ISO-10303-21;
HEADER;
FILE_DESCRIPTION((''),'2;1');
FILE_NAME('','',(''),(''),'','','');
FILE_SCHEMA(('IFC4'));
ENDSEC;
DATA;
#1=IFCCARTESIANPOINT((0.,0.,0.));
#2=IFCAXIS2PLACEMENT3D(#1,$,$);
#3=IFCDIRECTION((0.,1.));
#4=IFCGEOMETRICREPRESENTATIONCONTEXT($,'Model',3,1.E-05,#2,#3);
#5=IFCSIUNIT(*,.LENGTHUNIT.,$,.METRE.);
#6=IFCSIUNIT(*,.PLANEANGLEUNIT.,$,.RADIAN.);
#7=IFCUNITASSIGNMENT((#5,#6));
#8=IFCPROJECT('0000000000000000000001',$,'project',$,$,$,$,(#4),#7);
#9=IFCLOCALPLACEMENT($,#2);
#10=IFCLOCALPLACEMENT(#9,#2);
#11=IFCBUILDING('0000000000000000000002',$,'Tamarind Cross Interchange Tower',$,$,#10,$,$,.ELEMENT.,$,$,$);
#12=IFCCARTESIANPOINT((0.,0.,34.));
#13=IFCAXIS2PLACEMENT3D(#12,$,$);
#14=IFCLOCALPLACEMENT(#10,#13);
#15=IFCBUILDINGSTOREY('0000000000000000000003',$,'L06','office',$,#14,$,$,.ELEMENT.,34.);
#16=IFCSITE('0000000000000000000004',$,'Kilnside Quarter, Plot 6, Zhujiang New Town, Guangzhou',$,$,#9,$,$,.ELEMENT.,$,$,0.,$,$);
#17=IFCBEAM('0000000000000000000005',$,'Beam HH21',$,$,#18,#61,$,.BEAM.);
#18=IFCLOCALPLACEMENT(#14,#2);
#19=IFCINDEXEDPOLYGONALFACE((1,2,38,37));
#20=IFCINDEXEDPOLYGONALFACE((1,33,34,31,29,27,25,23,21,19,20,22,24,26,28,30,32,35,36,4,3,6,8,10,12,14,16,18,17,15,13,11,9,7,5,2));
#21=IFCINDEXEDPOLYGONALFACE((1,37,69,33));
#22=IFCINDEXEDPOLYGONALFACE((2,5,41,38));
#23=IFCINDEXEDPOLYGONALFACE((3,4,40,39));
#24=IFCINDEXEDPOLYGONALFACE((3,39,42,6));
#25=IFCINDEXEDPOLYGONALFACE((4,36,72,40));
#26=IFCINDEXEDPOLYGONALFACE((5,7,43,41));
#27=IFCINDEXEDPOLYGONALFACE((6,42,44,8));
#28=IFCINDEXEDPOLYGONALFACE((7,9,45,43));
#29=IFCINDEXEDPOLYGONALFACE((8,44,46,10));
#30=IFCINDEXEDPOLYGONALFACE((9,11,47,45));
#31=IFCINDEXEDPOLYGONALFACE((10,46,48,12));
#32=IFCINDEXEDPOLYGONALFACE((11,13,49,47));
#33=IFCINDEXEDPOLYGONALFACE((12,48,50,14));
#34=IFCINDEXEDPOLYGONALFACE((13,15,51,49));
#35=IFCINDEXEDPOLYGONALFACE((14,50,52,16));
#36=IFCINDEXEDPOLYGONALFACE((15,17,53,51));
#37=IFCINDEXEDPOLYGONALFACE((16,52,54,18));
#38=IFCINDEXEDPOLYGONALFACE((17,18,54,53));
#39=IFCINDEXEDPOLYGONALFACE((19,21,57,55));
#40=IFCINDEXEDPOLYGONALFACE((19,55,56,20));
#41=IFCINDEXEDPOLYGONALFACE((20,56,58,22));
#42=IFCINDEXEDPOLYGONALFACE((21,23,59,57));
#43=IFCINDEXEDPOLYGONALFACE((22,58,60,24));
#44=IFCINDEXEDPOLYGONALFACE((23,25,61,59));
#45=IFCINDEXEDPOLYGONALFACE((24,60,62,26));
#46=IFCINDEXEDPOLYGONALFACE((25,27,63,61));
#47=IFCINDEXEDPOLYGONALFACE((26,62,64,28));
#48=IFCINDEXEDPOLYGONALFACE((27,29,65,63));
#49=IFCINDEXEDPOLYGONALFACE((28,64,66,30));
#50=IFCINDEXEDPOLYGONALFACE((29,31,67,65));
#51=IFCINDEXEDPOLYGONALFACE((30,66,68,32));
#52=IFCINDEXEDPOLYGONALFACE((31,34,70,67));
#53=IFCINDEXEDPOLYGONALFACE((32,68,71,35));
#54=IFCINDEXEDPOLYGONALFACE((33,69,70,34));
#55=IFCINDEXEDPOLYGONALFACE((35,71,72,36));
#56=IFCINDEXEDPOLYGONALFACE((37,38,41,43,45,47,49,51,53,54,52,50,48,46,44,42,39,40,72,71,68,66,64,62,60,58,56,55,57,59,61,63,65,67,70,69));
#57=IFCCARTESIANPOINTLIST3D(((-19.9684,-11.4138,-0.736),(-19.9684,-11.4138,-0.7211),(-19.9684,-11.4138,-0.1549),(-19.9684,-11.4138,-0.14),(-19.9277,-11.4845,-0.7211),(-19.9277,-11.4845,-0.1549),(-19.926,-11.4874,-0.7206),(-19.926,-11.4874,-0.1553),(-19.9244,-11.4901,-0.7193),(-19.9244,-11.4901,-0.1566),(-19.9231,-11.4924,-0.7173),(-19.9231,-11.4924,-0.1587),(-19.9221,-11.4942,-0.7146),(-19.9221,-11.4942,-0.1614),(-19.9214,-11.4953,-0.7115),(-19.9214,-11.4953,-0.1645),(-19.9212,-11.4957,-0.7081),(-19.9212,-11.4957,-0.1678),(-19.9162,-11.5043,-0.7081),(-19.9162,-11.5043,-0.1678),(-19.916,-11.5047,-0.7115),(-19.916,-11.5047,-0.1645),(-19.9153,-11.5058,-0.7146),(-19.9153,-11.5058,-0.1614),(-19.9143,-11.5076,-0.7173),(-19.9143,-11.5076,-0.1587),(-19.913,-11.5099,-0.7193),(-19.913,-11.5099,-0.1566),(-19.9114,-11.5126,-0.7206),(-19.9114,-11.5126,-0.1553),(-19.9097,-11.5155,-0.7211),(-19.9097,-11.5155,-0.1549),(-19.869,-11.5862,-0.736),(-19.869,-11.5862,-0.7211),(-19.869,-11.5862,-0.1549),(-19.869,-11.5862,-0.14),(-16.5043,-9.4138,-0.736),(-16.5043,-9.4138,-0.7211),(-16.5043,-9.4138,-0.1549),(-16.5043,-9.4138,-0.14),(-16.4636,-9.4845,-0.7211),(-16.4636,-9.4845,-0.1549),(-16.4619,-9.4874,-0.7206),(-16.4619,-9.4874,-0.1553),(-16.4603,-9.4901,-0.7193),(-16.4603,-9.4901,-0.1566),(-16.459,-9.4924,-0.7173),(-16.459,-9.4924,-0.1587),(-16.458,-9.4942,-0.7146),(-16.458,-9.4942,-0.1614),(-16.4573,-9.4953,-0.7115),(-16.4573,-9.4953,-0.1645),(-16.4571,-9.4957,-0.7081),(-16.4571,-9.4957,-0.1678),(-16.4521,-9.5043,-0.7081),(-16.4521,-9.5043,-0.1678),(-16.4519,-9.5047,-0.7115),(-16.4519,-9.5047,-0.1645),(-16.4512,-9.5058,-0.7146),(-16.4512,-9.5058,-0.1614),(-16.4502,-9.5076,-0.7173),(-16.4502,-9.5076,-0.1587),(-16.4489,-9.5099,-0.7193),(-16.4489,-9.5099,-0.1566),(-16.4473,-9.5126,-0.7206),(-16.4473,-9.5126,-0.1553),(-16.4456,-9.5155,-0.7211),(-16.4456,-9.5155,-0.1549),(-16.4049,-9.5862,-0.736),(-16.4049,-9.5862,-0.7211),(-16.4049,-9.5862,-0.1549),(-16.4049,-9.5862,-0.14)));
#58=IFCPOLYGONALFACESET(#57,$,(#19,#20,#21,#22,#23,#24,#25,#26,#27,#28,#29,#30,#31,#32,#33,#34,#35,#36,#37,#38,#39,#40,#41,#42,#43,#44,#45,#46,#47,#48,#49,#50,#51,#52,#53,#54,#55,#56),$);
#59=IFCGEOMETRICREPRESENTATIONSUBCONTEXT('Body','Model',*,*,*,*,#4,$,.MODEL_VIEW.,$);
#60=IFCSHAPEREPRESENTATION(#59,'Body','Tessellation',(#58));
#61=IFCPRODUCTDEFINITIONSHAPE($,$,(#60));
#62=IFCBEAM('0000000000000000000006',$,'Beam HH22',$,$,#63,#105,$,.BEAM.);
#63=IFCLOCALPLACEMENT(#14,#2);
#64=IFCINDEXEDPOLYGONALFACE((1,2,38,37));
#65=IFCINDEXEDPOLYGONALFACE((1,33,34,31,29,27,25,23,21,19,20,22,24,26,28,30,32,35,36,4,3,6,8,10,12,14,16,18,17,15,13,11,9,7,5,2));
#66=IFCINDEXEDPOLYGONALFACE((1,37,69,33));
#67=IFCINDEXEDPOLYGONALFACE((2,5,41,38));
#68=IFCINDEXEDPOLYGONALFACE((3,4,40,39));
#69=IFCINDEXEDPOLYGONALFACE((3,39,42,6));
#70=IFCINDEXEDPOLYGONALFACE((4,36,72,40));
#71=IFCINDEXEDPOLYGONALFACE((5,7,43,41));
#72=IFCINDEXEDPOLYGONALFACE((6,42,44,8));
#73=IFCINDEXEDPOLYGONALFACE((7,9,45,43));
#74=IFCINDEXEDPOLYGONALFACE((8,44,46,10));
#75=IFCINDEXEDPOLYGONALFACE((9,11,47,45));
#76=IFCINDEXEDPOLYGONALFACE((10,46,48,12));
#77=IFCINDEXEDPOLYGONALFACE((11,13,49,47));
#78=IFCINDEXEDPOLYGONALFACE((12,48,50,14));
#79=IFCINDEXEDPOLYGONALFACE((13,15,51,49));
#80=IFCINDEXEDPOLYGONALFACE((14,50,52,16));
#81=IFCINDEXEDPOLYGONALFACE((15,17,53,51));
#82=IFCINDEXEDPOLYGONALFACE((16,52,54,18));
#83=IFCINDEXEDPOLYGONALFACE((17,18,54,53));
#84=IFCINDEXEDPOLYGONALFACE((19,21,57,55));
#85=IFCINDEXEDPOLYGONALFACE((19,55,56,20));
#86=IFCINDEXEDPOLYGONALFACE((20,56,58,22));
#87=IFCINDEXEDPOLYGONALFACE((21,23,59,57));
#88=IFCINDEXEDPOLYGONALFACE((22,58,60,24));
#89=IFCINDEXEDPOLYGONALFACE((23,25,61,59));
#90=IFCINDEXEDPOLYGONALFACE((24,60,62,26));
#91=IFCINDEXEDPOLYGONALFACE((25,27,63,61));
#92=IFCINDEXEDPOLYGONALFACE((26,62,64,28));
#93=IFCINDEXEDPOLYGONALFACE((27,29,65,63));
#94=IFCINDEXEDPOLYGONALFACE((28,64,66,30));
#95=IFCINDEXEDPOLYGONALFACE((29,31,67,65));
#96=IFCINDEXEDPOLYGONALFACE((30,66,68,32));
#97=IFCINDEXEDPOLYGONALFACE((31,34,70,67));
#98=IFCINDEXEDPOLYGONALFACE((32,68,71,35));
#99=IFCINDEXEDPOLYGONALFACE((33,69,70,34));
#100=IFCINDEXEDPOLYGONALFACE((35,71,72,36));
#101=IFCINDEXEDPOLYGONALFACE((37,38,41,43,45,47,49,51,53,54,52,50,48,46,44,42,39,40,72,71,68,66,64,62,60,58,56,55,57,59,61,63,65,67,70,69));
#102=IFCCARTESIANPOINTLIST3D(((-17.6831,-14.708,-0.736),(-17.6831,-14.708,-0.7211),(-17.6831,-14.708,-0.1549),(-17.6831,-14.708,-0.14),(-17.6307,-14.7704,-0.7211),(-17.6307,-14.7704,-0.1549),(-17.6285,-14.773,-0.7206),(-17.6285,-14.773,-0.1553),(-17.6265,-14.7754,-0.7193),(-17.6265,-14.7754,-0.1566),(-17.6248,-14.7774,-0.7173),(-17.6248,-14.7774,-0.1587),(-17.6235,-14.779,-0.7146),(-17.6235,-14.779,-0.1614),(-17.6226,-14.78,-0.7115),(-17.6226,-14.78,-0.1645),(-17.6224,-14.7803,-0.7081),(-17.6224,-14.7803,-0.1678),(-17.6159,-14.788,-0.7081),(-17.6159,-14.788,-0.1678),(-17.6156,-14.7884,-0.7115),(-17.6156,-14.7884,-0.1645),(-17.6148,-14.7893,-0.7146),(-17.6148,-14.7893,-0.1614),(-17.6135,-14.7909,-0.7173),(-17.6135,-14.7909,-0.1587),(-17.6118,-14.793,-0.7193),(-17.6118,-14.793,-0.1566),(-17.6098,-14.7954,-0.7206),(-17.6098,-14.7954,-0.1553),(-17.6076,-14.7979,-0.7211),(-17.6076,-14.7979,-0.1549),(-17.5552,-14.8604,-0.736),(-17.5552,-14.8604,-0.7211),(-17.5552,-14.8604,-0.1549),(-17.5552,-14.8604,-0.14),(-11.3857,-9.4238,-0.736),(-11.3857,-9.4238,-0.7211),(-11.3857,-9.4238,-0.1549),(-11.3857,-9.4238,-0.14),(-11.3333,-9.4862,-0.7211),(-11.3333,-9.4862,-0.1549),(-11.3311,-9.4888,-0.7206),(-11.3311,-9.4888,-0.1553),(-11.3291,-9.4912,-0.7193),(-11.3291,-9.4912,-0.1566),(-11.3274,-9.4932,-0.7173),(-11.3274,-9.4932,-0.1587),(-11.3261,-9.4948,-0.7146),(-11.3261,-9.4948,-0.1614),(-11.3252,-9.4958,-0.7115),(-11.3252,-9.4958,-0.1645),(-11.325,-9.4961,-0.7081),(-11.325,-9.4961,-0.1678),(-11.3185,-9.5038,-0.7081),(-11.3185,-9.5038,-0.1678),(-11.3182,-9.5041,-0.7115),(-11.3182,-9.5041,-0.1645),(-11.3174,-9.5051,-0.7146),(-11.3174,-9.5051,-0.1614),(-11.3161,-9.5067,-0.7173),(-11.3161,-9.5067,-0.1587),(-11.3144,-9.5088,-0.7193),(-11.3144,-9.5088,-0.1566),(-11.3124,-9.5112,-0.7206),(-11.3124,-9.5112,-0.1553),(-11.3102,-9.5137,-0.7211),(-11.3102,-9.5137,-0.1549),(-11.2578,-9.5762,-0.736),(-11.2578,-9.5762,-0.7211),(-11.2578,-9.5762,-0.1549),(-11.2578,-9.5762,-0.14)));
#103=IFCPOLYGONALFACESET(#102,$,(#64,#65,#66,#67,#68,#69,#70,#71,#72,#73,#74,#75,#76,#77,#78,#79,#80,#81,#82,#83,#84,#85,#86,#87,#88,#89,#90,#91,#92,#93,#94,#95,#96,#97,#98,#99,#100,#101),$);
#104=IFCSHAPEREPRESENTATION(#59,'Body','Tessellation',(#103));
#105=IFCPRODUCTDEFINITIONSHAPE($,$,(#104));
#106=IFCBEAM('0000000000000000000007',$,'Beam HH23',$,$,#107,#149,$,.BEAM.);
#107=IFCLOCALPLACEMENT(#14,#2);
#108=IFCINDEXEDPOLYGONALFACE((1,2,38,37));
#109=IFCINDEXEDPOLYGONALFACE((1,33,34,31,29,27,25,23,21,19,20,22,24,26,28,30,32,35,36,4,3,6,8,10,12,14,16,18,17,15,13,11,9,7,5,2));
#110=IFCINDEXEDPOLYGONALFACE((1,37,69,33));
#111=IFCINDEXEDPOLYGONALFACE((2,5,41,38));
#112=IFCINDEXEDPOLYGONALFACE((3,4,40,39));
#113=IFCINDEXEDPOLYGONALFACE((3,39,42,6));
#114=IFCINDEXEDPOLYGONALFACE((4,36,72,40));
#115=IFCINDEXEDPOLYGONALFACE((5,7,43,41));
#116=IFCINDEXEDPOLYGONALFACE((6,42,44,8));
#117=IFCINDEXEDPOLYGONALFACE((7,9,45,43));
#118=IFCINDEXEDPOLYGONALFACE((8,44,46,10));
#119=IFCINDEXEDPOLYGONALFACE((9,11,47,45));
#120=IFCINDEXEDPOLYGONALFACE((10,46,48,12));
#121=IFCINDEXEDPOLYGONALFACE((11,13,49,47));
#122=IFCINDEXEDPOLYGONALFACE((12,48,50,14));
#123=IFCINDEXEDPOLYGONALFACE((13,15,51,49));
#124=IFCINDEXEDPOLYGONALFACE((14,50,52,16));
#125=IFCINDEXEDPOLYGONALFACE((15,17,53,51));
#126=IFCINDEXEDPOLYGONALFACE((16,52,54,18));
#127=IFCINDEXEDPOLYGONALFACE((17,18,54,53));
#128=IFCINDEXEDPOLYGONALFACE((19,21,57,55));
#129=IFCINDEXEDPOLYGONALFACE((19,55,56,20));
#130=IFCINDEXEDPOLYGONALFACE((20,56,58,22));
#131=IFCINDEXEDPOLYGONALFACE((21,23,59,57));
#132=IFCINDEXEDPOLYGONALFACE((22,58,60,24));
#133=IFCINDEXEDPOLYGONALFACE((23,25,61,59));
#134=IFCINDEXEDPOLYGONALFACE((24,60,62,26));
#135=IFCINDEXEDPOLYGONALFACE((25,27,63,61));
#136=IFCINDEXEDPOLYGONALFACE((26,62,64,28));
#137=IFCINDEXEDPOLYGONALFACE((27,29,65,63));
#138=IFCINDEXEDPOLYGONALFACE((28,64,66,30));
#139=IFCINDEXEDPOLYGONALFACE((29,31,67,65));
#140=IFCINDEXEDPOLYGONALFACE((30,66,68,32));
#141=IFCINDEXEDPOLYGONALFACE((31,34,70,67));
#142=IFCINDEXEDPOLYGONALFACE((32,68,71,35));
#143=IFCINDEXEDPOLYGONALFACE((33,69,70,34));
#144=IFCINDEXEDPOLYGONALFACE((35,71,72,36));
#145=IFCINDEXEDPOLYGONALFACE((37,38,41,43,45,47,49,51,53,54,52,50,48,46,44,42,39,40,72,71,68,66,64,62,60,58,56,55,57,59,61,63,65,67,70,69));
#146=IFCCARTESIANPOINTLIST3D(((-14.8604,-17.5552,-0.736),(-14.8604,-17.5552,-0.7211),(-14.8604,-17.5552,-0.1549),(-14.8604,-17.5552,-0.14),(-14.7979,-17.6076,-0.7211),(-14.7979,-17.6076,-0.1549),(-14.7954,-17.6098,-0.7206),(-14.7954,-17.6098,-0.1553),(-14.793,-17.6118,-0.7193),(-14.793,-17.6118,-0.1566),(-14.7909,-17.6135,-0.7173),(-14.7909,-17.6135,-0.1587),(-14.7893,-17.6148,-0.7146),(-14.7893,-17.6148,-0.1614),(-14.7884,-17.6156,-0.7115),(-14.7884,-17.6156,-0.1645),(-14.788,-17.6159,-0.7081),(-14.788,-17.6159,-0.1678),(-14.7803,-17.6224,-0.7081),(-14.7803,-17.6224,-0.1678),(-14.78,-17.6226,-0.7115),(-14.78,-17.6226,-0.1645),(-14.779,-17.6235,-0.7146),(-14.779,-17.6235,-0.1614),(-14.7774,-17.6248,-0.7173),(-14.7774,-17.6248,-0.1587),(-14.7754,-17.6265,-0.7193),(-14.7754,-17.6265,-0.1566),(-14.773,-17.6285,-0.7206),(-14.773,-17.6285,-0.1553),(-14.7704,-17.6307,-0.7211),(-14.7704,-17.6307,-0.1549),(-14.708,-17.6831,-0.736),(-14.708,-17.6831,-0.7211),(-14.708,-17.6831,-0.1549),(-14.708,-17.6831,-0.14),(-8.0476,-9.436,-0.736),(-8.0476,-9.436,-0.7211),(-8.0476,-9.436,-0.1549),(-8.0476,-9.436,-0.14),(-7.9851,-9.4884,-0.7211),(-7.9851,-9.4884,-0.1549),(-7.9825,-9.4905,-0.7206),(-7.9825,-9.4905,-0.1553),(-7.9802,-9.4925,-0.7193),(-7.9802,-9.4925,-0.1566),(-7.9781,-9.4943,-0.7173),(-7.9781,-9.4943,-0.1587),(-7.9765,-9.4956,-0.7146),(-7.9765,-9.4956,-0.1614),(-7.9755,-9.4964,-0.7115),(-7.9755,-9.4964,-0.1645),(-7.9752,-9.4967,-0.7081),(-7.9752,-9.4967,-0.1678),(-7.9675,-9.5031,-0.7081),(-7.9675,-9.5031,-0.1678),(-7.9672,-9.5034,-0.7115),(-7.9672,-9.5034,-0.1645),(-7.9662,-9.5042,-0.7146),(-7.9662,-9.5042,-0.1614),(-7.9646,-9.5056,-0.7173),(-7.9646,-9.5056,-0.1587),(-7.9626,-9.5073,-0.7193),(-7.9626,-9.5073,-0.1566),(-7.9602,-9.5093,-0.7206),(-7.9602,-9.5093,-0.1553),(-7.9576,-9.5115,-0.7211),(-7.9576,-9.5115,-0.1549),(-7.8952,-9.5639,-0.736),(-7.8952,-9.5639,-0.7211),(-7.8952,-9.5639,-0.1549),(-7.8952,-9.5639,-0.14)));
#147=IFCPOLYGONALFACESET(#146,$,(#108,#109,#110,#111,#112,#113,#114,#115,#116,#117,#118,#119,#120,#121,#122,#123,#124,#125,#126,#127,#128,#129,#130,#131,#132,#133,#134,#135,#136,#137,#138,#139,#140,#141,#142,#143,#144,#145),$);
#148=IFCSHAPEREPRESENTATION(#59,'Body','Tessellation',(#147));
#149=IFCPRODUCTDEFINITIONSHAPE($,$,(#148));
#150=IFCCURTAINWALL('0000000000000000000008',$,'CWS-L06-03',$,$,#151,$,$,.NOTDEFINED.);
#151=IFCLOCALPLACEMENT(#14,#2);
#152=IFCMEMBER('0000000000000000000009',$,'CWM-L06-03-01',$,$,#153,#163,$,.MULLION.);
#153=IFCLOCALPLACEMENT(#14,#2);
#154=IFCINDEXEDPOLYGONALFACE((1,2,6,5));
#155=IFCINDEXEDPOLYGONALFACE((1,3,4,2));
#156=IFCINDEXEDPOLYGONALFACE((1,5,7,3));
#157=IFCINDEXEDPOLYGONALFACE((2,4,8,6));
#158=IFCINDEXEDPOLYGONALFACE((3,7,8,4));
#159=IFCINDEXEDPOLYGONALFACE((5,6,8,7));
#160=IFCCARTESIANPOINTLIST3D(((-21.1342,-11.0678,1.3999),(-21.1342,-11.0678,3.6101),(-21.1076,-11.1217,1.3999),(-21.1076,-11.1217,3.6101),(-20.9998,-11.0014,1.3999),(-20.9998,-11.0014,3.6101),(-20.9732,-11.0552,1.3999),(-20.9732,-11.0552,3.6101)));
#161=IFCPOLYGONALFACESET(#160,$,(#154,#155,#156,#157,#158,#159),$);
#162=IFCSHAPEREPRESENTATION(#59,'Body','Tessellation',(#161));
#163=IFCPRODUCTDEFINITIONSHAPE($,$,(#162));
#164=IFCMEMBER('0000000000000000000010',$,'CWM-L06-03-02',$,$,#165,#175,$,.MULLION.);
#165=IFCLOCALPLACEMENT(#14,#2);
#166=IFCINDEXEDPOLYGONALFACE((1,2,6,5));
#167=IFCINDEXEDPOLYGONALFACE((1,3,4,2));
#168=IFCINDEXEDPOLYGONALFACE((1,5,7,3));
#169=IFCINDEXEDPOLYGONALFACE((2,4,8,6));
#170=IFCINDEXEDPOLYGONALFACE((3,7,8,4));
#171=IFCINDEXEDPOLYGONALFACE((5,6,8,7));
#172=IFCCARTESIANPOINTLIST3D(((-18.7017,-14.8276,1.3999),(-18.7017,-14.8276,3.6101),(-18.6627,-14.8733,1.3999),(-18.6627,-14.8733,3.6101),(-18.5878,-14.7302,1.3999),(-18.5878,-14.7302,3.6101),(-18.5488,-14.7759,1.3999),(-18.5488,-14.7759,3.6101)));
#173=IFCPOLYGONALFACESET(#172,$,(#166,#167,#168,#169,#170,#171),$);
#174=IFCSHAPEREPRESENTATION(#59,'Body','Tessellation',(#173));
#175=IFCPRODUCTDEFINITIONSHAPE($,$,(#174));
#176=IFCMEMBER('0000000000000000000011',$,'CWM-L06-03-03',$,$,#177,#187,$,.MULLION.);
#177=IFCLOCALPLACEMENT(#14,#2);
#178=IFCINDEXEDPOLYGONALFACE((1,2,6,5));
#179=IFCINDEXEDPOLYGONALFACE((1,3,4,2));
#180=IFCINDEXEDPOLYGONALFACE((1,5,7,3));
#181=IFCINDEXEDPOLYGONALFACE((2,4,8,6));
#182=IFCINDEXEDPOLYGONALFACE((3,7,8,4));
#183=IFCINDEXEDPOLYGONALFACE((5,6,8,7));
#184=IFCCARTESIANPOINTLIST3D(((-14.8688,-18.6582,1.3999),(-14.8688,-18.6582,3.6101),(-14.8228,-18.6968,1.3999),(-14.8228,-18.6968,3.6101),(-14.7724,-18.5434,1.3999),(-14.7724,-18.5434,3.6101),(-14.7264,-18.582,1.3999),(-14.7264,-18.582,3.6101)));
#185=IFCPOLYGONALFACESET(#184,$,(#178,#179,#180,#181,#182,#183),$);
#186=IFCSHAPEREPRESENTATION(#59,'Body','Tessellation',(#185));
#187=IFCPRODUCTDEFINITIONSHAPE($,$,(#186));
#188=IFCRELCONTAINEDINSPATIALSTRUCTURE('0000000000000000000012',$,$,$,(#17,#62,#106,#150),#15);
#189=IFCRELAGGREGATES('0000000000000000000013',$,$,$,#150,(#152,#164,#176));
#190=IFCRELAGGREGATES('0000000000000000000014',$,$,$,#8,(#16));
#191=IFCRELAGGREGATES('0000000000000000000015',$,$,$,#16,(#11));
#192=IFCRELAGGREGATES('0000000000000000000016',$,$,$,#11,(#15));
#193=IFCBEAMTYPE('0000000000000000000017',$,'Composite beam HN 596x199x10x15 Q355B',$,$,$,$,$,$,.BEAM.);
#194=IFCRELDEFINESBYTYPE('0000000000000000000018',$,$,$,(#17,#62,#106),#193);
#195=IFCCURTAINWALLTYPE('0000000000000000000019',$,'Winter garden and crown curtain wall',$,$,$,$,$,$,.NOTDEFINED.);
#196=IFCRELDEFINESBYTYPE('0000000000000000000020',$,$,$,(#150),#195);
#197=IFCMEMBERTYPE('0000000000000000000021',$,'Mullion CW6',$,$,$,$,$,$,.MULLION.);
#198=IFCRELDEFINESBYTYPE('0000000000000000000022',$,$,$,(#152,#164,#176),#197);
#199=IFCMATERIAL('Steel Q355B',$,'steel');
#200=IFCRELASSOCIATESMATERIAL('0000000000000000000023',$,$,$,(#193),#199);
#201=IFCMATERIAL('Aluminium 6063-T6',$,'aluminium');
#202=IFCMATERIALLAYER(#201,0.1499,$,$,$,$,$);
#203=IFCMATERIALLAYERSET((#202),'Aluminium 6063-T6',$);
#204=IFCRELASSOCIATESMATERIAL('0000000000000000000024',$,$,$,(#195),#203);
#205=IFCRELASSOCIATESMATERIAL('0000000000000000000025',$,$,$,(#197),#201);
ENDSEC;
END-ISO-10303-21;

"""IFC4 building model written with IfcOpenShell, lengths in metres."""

from ifc_helpers import new_model, si_unit, direction, frame, origin, origin_2d, place, context, subcontext, project, spatial, rectangle, i_section, extrude, material, layer, layer_set, material_profile, profile_set, type_object, element, aggregate, save


model = new_model("IFC4")

# Units and contexts
model_context = context("Model", 3, precision=1e-05, world=origin(), true_north=direction((0.0, 1.0)))
body_context = subcontext(model_context, "Body", "Model", "MODEL_VIEW")
ifc_project = project(units=[si_unit("LENGTHUNIT", "METRE"), si_unit("PLANEANGLEUNIT", "RADIAN")], contexts=[model_context])

# Site, building, storey
site_placement = place(None, origin())
site = spatial("IfcSite", under=ifc_project, at=site_placement, Name="Kilnside Quarter, Plot 6, Zhujiang New Town, Guangzhou", CompositionType="ELEMENT", RefElevation=0.0)
building_placement = place(site_placement, origin())
building = spatial("IfcBuilding", under=site, at=building_placement, Name="Tamarind Cross Interchange Tower", CompositionType="ELEMENT")
storey_placement = place(building_placement, frame((0.0, 0.0, 34.0)))
storey = spatial("IfcBuildingStorey", under=building, at=storey_placement, Name="L06", Description="office", CompositionType="ELEMENT", Elevation=34.0)

# Beams
ifc_material_1 = material(Name="Steel Q355B", Category="steel")
ifc_material_profile_1 = material_profile(ifc_material_1, i_section(OverallWidth=0.199, OverallDepth=0.5959, WebThickness=0.01, FlangeThickness=0.0149, FilletRadius=0.0129, at=origin_2d()), Name="HN 596x199x10x15")
ifc_profile_set_1 = profile_set([ifc_material_profile_1], Name="Steel Q355B")
beam_type = type_object("IfcBeamType", Name="Composite beam HN 596x199x10x15 Q355B", PredefinedType="BEAM", material=ifc_profile_set_1)
beam_1_placement = place(storey_placement, frame((-19.9187, -11.5, -0.438), z_axis=(0.866026, 0.499999, 0.0), x_axis=(-0.499999, 0.866026, 0.0)))
element("IfcBeam", 1, at=beam_1_placement, inside=storey, type_object=beam_type, Name="Beam HH21", PredefinedType="BEAM", context=body_context, shape_type="SweptSolid", body=[
    extrude(i_section(OverallWidth=0.199, OverallDepth=0.5959, WebThickness=0.01, FlangeThickness=0.0149, FilletRadius=0.0129, at=origin_2d()), origin(), (0.0, 0.0, 1.0), 4.0),
])
beam_2_placement = place(storey_placement, frame((-17.6191, -14.7842, -0.438), z_axis=(0.766041, 0.642792, 0.0), x_axis=(-0.642792, 0.766041, 0.0)))
element("IfcBeam", 2, at=beam_2_placement, inside=storey, type_object=beam_type, Name="Beam HH22", PredefinedType="BEAM", context=body_context, shape_type="SweptSolid", body=[
    extrude(i_section(OverallWidth=0.199, OverallDepth=0.5959, WebThickness=0.01, FlangeThickness=0.0149, FilletRadius=0.0129, at=origin_2d()), origin(), (0.0, 0.0, 1.0), 8.2207),
])
beam_3_placement = place(storey_placement, frame((-14.7842, -17.6191, -0.438), z_axis=(0.642786, 0.766046, 0.0), x_axis=(-0.766046, 0.642786, 0.0)))
element("IfcBeam", 3, at=beam_3_placement, inside=storey, type_object=beam_type, Name="Beam HH23", PredefinedType="BEAM", context=body_context, shape_type="SweptSolid", body=[
    extrude(i_section(OverallWidth=0.199, OverallDepth=0.5959, WebThickness=0.01, FlangeThickness=0.0149, FilletRadius=0.0129, at=origin_2d()), origin(), (0.0, 0.0, 1.0), 10.5989),
])

# Curtain wall, members
ifc_material_2 = material(Name="Aluminium 6063-T6", Category="aluminium")
ifc_layer_1 = layer(ifc_material_2, 0.1499)
ifc_layer_set_1 = layer_set([ifc_layer_1], Name="Aluminium 6063-T6")
curtain_wall_type = type_object("IfcCurtainWallType", Name="Winter garden and crown curtain wall", PredefinedType="NOTDEFINED", material=ifc_layer_set_1)
curtain_wall_placement = place(storey_placement, origin())
curtain_wall = element("IfcCurtainWall", 4, at=curtain_wall_placement, inside=storey, type_object=curtain_wall_type, Name="CWS-L06-03", PredefinedType="NOTDEFINED")
ifc_material_profile_2 = material_profile(ifc_material_2, rectangle(XDim=0.0601, YDim=0.1499, at=origin_2d()), Name="Mullion CW6")
ifc_profile_set_2 = profile_set([ifc_material_profile_2], Name="Aluminium 6063-T6")
member_type = type_object("IfcMemberType", Name="Mullion CW6", PredefinedType="MULLION", material=ifc_profile_set_2)
member_1_placement = place(storey_placement, frame((-21.0537, -11.0615, 1.3999), z_axis=(0.0, 0.0, 1.0), x_axis=(0.443059, -0.896493, 0.0)))
member_1 = element("IfcMember", 5, at=member_1_placement, type_object=member_type, Name="CWM-L06-03-01", PredefinedType="MULLION", context=body_context, shape_type="SweptSolid", body=[
    extrude(rectangle(XDim=0.0601, YDim=0.1499, at=origin_2d()), origin(), (0.0, 0.0, 1.0), 2.2102),
])
member_2_placement = place(storey_placement, frame((-18.6252, -14.8018, 1.3999), z_axis=(0.0, 0.0, 1.0), x_axis=(0.649577, -0.760296, 0.0)))
member_2 = element("IfcMember", 6, at=member_2_placement, type_object=member_type, Name="CWM-L06-03-02", PredefinedType="MULLION", context=body_context, shape_type="SweptSolid", body=[
    extrude(rectangle(XDim=0.0601, YDim=0.1499, at=origin_2d()), origin(), (0.0, 0.0, 1.0), 2.2102),
])
member_3_placement = place(storey_placement, frame((-14.7976, -18.6201, 1.3999), z_axis=(0.0, 0.0, 1.0), x_axis=(0.765858, -0.643009, 0.0)))
member_3 = element("IfcMember", 7, at=member_3_placement, type_object=member_type, Name="CWM-L06-03-03", PredefinedType="MULLION", context=body_context, shape_type="SweptSolid", body=[
    extrude(rectangle(XDim=0.0601, YDim=0.1499, at=origin_2d()), origin(), (0.0, 0.0, 1.0), 2.2102),
])
aggregate(curtain_wall, [member_1, member_2, member_3])

save(model, "model.ifc")
